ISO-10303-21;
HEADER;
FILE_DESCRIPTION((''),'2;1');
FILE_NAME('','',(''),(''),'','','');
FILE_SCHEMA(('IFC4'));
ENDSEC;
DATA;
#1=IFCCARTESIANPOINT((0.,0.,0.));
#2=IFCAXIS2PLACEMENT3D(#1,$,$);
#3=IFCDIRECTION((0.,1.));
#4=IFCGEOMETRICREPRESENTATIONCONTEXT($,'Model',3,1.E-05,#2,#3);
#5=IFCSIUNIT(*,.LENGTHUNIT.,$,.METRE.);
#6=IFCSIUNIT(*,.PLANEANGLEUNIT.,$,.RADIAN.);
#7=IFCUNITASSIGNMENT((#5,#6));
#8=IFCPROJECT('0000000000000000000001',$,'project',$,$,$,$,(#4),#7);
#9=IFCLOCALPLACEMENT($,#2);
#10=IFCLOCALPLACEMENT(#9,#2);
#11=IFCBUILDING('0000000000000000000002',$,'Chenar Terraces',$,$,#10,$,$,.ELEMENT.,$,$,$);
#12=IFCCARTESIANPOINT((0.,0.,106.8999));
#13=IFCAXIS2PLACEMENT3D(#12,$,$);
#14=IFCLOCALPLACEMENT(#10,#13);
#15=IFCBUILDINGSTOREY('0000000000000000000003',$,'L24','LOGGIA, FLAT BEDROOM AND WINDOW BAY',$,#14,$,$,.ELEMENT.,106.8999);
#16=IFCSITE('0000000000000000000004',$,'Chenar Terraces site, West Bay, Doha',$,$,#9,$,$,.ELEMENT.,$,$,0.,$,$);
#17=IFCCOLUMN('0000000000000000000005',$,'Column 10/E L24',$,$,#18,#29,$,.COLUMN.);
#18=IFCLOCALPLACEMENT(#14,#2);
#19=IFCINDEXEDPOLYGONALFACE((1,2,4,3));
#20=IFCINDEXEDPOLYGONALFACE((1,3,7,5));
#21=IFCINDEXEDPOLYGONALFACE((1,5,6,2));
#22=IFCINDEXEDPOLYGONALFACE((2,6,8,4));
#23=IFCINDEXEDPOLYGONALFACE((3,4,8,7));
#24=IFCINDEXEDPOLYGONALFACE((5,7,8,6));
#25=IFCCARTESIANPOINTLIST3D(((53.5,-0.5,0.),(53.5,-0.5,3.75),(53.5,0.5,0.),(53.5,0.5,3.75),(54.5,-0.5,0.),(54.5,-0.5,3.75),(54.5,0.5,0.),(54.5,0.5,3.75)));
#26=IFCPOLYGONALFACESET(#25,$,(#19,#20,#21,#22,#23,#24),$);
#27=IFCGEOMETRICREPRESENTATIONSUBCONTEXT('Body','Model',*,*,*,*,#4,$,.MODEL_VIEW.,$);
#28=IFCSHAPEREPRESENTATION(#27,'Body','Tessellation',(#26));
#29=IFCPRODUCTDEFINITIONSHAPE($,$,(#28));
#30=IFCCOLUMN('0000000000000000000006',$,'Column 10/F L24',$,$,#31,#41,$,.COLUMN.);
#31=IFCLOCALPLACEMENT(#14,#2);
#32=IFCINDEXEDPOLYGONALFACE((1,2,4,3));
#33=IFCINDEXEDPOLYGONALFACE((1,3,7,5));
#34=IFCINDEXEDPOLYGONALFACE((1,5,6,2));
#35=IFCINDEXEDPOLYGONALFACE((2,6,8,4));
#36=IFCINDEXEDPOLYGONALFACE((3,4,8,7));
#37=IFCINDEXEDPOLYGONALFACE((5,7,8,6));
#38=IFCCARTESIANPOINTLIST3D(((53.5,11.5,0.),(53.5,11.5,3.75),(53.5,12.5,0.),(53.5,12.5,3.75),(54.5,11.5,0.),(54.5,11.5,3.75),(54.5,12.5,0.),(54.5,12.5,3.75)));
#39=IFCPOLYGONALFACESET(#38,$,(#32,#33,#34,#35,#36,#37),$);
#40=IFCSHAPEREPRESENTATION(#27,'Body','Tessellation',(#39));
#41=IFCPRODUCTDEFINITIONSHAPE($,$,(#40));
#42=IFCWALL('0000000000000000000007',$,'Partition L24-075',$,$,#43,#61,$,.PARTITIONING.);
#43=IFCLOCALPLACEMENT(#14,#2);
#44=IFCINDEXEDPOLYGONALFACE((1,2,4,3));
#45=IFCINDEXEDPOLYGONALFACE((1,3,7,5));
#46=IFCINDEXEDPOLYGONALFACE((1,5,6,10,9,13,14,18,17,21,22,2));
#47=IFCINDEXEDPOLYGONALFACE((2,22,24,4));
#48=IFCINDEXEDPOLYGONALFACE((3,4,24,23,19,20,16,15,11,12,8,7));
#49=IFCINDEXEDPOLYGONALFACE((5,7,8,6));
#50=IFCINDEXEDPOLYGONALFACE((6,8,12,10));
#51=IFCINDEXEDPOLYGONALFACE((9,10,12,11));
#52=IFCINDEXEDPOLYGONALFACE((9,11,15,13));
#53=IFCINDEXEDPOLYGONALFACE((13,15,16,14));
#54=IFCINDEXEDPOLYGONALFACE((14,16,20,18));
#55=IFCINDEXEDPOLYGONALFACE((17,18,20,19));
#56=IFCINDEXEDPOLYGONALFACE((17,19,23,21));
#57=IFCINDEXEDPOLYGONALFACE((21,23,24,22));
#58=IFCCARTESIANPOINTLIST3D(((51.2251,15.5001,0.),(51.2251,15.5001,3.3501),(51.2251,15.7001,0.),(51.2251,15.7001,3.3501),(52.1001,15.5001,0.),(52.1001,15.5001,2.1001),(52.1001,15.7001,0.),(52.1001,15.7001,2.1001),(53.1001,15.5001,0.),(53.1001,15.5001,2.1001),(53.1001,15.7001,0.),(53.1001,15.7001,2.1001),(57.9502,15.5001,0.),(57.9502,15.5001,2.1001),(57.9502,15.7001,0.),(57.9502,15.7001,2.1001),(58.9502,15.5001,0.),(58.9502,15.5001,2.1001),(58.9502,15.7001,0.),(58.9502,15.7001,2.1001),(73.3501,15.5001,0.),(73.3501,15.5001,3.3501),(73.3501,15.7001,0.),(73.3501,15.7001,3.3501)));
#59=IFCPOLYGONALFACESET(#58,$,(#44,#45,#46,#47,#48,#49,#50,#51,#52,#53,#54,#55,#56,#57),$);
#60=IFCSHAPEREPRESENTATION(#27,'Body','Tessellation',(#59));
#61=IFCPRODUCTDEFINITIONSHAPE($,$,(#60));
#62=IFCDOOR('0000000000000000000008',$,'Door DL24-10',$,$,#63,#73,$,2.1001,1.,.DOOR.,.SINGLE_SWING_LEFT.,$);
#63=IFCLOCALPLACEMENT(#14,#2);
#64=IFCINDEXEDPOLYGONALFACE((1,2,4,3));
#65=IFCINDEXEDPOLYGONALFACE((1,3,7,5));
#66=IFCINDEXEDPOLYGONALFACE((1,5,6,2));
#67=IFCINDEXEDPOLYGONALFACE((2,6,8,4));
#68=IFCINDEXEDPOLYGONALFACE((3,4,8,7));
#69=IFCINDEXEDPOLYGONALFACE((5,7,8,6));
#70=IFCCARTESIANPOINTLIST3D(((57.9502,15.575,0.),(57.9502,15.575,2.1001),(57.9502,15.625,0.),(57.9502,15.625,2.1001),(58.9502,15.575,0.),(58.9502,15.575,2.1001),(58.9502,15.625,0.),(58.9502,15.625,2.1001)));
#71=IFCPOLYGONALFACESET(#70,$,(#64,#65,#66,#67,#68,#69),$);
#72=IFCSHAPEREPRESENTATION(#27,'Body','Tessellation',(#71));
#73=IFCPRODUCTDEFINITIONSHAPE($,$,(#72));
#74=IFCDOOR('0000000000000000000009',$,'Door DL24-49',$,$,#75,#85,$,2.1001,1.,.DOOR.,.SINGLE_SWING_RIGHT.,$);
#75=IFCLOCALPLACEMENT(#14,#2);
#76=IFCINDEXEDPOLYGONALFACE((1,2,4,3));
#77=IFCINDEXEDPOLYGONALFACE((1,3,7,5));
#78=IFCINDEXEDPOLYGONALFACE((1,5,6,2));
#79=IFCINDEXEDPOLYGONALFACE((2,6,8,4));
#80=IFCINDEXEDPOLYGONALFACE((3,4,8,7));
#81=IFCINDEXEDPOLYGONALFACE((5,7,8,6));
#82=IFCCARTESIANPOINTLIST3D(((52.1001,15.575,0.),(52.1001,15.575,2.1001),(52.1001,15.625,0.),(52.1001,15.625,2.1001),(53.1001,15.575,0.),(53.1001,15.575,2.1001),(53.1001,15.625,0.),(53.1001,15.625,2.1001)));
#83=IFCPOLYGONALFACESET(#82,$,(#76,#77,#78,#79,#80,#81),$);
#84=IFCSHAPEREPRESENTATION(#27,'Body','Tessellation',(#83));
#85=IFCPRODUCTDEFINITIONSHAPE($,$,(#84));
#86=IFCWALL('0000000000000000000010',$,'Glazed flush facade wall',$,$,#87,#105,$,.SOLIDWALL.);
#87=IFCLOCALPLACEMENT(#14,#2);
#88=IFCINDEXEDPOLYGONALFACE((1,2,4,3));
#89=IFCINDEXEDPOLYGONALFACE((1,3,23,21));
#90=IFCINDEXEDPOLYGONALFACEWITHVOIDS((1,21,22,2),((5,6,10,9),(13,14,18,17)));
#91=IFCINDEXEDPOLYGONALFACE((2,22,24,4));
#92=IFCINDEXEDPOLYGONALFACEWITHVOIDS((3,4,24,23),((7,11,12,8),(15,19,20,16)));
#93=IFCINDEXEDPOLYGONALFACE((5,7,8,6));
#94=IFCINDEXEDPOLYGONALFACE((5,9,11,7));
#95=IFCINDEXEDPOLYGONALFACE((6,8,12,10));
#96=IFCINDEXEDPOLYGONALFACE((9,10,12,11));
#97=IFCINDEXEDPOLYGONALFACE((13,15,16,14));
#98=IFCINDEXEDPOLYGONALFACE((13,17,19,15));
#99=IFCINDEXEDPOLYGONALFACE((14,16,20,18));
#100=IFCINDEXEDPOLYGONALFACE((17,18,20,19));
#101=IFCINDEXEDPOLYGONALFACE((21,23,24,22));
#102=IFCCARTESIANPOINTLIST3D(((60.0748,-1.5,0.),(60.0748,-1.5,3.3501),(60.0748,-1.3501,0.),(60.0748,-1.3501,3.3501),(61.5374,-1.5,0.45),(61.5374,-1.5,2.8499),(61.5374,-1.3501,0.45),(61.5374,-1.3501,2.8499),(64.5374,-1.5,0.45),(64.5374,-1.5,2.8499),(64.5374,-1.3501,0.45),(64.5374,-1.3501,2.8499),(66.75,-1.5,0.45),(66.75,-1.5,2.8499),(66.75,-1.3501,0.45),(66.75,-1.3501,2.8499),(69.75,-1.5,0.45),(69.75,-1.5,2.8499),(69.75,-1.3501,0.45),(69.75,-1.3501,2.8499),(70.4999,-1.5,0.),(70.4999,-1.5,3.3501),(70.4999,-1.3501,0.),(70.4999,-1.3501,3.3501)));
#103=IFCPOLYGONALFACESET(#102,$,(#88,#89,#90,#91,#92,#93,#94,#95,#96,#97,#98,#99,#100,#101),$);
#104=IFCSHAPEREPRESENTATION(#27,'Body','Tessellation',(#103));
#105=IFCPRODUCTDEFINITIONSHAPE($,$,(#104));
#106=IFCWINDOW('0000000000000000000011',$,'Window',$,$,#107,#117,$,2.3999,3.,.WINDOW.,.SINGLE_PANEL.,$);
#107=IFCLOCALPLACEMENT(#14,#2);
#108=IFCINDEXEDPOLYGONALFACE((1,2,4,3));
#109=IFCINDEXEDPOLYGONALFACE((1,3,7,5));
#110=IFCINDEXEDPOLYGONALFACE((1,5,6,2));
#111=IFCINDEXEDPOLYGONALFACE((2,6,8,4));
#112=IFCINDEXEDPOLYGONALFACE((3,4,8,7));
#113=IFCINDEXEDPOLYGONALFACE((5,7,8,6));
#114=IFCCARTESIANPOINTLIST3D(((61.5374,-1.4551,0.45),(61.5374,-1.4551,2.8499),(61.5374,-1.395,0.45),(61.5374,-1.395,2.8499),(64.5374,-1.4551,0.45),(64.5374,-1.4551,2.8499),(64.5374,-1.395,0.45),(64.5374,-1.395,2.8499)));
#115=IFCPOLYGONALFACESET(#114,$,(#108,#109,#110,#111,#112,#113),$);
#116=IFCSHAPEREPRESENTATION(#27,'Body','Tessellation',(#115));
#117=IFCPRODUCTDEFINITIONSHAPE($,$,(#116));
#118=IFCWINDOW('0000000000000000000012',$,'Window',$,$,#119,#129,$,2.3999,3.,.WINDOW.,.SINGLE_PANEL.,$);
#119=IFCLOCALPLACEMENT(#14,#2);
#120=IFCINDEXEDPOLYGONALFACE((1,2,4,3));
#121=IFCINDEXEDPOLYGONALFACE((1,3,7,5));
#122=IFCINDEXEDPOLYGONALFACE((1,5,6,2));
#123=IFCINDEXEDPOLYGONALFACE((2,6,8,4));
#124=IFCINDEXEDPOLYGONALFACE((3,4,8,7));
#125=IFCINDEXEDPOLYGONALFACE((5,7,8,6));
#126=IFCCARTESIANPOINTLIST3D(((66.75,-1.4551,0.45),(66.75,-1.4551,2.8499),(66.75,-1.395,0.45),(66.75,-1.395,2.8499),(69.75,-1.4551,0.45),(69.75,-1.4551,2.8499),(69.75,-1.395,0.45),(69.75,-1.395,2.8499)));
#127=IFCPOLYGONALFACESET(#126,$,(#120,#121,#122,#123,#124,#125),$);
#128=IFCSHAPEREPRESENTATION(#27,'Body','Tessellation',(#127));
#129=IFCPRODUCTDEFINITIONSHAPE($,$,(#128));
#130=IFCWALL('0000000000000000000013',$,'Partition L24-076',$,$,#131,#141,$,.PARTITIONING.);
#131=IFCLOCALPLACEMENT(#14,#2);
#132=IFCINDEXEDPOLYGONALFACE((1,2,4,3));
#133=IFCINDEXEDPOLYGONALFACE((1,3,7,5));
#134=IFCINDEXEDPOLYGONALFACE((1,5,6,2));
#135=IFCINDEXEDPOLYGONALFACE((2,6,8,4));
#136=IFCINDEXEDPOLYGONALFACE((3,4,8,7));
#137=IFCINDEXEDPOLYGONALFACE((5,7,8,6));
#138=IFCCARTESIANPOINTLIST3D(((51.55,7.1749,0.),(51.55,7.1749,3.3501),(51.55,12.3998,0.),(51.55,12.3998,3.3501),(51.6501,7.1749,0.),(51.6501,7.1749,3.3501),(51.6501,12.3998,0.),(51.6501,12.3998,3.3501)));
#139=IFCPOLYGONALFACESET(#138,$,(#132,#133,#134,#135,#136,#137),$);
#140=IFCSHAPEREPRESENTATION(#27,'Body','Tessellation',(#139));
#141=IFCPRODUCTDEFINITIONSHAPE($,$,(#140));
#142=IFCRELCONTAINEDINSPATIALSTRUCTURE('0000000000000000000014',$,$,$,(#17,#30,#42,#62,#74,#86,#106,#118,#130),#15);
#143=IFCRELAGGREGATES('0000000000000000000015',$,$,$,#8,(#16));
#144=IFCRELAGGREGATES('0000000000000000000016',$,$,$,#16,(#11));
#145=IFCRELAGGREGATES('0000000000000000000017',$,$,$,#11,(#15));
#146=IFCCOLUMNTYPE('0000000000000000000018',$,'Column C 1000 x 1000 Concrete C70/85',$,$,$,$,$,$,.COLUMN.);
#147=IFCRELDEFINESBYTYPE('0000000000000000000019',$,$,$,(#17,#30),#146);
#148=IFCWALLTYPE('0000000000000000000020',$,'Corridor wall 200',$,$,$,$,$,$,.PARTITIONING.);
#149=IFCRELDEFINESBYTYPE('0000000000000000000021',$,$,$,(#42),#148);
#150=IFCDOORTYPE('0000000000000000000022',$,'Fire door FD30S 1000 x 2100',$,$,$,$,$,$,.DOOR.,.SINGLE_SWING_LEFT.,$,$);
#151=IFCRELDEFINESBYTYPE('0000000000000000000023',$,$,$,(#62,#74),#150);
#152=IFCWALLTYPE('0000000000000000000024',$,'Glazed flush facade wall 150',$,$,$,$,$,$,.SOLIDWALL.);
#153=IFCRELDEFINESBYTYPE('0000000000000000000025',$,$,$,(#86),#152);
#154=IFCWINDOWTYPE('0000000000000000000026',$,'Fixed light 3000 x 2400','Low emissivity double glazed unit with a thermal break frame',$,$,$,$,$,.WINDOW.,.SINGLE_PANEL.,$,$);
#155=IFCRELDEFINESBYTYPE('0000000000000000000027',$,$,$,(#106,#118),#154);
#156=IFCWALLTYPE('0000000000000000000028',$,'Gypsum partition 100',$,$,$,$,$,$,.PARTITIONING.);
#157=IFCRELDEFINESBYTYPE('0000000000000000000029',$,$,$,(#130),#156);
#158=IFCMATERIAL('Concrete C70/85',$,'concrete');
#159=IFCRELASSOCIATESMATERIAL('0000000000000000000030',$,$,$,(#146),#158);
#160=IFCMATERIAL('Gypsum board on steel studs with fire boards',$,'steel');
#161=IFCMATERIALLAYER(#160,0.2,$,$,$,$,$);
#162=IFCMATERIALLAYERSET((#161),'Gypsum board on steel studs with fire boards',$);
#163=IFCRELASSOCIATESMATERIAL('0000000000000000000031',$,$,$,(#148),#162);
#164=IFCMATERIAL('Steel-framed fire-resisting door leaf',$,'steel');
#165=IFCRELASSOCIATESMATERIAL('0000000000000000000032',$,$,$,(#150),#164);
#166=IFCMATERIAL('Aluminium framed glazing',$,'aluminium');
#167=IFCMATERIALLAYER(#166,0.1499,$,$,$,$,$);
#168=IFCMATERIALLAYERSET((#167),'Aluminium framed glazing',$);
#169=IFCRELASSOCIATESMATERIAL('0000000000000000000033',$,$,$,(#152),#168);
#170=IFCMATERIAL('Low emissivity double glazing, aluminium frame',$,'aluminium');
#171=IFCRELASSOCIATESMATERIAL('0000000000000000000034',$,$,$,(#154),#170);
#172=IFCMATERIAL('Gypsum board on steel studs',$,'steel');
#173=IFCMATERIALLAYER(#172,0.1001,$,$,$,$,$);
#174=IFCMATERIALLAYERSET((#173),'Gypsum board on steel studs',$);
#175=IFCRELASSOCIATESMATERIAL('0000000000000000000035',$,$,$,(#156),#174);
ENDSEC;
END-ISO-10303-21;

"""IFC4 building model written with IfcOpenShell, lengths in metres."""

from ifc_helpers import new_model, si_unit, direction, frame, frame_2d, origin, origin_2d, place, context, subcontext, project, spatial, rectangle, extrude, material, layer, layer_set, material_profile, profile_set, type_object, element, fill, save


model = new_model("IFC4")

# Units and contexts
model_context = context("Model", 3, precision=1e-05, world=origin(), true_north=direction((0.0, 1.0)))
body_context = subcontext(model_context, "Body", "Model", "MODEL_VIEW")
ifc_project = project(units=[si_unit("LENGTHUNIT", "METRE"), si_unit("PLANEANGLEUNIT", "RADIAN")], contexts=[model_context])

# Site, building, storey
site_placement = place(None, origin())
site = spatial("IfcSite", under=ifc_project, at=site_placement, Name="Chenar Terraces site, West Bay, Doha", CompositionType="ELEMENT", RefElevation=0.0)
building_placement = place(site_placement, origin())
building = spatial("IfcBuilding", under=site, at=building_placement, Name="Chenar Terraces", CompositionType="ELEMENT")
storey_placement = place(building_placement, frame((0.0, 0.0, 106.8999)))
storey = spatial("IfcBuildingStorey", under=building, at=storey_placement, Name="L24", Description="LOGGIA, FLAT BEDROOM AND WINDOW BAY", CompositionType="ELEMENT", Elevation=106.8999)

# Columns
ifc_material_1 = material(Name="Concrete C70/85", Category="concrete")
ifc_material_profile_1 = material_profile(ifc_material_1, rectangle(XDim=1.0, YDim=1.0, at=origin_2d()), Name="C 1000 x 1000")
ifc_profile_set_1 = profile_set([ifc_material_profile_1], Name="Concrete C70/85")
column_type = type_object("IfcColumnType", Name="Column C 1000 x 1000 Concrete C70/85", PredefinedType="COLUMN", material=ifc_profile_set_1)
for number, where, z_axis, x_axis, name in (
    (1, (54.0, 0.0, 0.0), (0.0, 0.0, 1.0), (1.0, 0.0, 0.0), "Column 10/E L24"),
    (2, (54.0, 12.0, 0.0), (0.0, 0.0, 1.0), (1.0, 0.0, 0.0), "Column 10/F L24"),
):
    element("IfcColumn", number, at=place(storey_placement, frame(where, z_axis=z_axis, x_axis=x_axis)), inside=storey, type_object=column_type, Name=name, PredefinedType="COLUMN", context=body_context, shape_type="SweptSolid", body=[
        extrude(rectangle(XDim=1.0, YDim=1.0, at=origin_2d()), origin(), (0.0, 0.0, 1.0), 3.75),
    ])

# Wall, openings, doors
ifc_material_2 = material(Name="Gypsum board on steel studs with fire boards", Category="steel")
ifc_layer_1 = layer(ifc_material_2, 0.2)
ifc_layer_set_1 = layer_set([ifc_layer_1], Name="Gypsum board on steel studs with fire boards")
wall_type_1 = type_object("IfcWallType", Name="Corridor wall 200", PredefinedType="PARTITIONING", material=ifc_layer_set_1)
wall_1_placement = place(storey_placement, frame((51.2251, 15.6001, 0.0), z_axis=(0.0, 0.0, 1.0), x_axis=(1.0, 0.0, 0.0)))
wall_1 = element("IfcWall", 3, at=wall_1_placement, inside=storey, type_object=wall_type_1, Name="Partition L24-075", PredefinedType="PARTITIONING", context=body_context, shape_type="SweptSolid", body=[
    extrude(rectangle(XDim=22.125, YDim=0.2, at=frame_2d((11.0625, 0.0))), origin(), (0.0, 0.0, 1.0), 3.3501),
])
opening_1_placement = place(wall_1_placement, frame((6.7251, 0.0, 0.0)))
opening_1 = element("IfcOpeningElement", 4, at=opening_1_placement, cuts=wall_1, PredefinedType="OPENING", context=body_context, shape_type="SweptSolid", body=[
    extrude(rectangle(XDim=1.0, YDim=2.1001, at=frame_2d((0.5, 1.05))), frame((0.0, 0.1099, 0.0), z_axis=(0.0, -1.0, 0.0), x_axis=(1.0, 0.0, 0.0)), (0.0, 0.0, 1.0), 0.22),
])
opening_2_placement = place(wall_1_placement, frame((0.875, 0.0, 0.0)))
opening_2 = element("IfcOpeningElement", 5, at=opening_2_placement, cuts=wall_1, PredefinedType="OPENING", context=body_context, shape_type="SweptSolid", body=[
    extrude(rectangle(XDim=1.0, YDim=2.1001, at=frame_2d((0.5, 1.05))), frame((0.0, 0.1099, 0.0), z_axis=(0.0, -1.0, 0.0), x_axis=(1.0, 0.0, 0.0)), (0.0, 0.0, 1.0), 0.22),
])
ifc_material_3 = material(Name="Steel-framed fire-resisting door leaf", Category="steel")
door_type_1 = type_object("IfcDoorType", Name="Fire door FD30S 1000 x 2100", OperationType="SINGLE_SWING_LEFT", PredefinedType="DOOR", material=ifc_material_3)
door_1_placement = place(opening_1_placement, origin())
door_1 = element("IfcDoor", 6, at=door_1_placement, inside=storey, type_object=door_type_1, Name="Door DL24-10", OperationType="SINGLE_SWING_LEFT", OverallHeight=2.1001, OverallWidth=1.0, PredefinedType="DOOR", context=body_context, shape_type="SweptSolid", body=[
    extrude(rectangle(XDim=1.0, YDim=2.1001, at=frame_2d((0.5, 1.05))), frame((0.0, 0.0249, 0.0), z_axis=(0.0, -1.0, 0.0), x_axis=(1.0, 0.0, 0.0)), (0.0, 0.0, 1.0), 0.05),
])
fill(opening_1, door_1)
door_2_placement = place(opening_2_placement, origin())
door_2 = element("IfcDoor", 7, at=door_2_placement, inside=storey, type_object=door_type_1, Name="Door DL24-49", OperationType="SINGLE_SWING_RIGHT", OverallHeight=2.1001, OverallWidth=1.0, PredefinedType="DOOR", context=body_context, shape_type="SweptSolid", body=[
    extrude(rectangle(XDim=1.0, YDim=2.1001, at=frame_2d((0.5, 1.05))), frame((0.0, 0.0249, 0.0), z_axis=(0.0, -1.0, 0.0), x_axis=(1.0, 0.0, 0.0)), (0.0, 0.0, 1.0), 0.05),
])
fill(opening_2, door_2)

# Wall, openings, windows
ifc_material_4 = material(Name="Aluminium framed glazing", Category="aluminium")
ifc_layer_2 = layer(ifc_material_4, 0.1499)
ifc_layer_set_2 = layer_set([ifc_layer_2], Name="Aluminium framed glazing")
wall_type_2 = type_object("IfcWallType", Name="Glazed flush facade wall 150", PredefinedType="SOLIDWALL", material=ifc_layer_set_2)
wall_2_placement = place(storey_placement, frame((60.075, -1.425, 0.0), z_axis=(0.0, 0.0, 1.0), x_axis=(1.0, 0.0, 0.0)))
wall_2 = element("IfcWall", 8, at=wall_2_placement, inside=storey, type_object=wall_type_2, Name="Glazed flush facade wall", PredefinedType="SOLIDWALL", context=body_context, shape_type="SweptSolid", body=[
    extrude(rectangle(XDim=10.425, YDim=0.1499, at=frame_2d((5.2124, 0.0))), origin(), (0.0, 0.0, 1.0), 3.3501),
])
opening_3_placement = place(wall_2_placement, frame((1.4624, 0.0, 0.45)))
opening_3 = element("IfcOpeningElement", 9, at=opening_3_placement, cuts=wall_2, PredefinedType="OPENING", context=body_context, shape_type="SweptSolid", body=[
    extrude(rectangle(XDim=3.0, YDim=2.3999, at=frame_2d((1.5, 1.2))), frame((0.0, 0.085, 0.0), z_axis=(0.0, -1.0, 0.0), x_axis=(1.0, 0.0, 0.0)), (0.0, 0.0, 1.0), 0.1699),
])
opening_4_placement = place(wall_2_placement, frame((6.675, 0.0, 0.45)))
opening_4 = element("IfcOpeningElement", 10, at=opening_4_placement, cuts=wall_2, PredefinedType="OPENING", context=body_context, shape_type="SweptSolid", body=[
    extrude(rectangle(XDim=3.0, YDim=2.3999, at=frame_2d((1.5, 1.2))), frame((0.0, 0.085, 0.0), z_axis=(0.0, -1.0, 0.0), x_axis=(1.0, 0.0, 0.0)), (0.0, 0.0, 1.0), 0.1699),
])
ifc_material_5 = material(Name="Low emissivity double glazing, aluminium frame", Category="aluminium")
window_type = type_object("IfcWindowType", Name="Fixed light 3000 x 2400", Description="Low emissivity double glazed unit with a thermal break frame", PartitioningType="SINGLE_PANEL", PredefinedType="WINDOW", material=ifc_material_5)
window_1_placement = place(opening_3_placement, origin())
window_1 = element("IfcWindow", 11, at=window_1_placement, inside=storey, type_object=window_type, Name="Window", OverallHeight=2.3999, OverallWidth=3.0, PartitioningType="SINGLE_PANEL", PredefinedType="WINDOW", context=body_context, shape_type="SweptSolid", body=[
    extrude(rectangle(XDim=3.0, YDim=2.3999, at=frame_2d((1.5, 1.2))), frame((0.0, 0.03, 0.0), z_axis=(0.0, -1.0, 0.0), x_axis=(1.0, 0.0, 0.0)), (0.0, 0.0, 1.0), 0.0601),
])
fill(opening_3, window_1)
window_2_placement = place(opening_4_placement, origin())
window_2 = element("IfcWindow", 12, at=window_2_placement, inside=storey, type_object=window_type, Name="Window", OverallHeight=2.3999, OverallWidth=3.0, PartitioningType="SINGLE_PANEL", PredefinedType="WINDOW", context=body_context, shape_type="SweptSolid", body=[
    extrude(rectangle(XDim=3.0, YDim=2.3999, at=frame_2d((1.5, 1.2))), frame((0.0, 0.03, 0.0), z_axis=(0.0, -1.0, 0.0), x_axis=(1.0, 0.0, 0.0)), (0.0, 0.0, 1.0), 0.0601),
])
fill(opening_4, window_2)

# Wall
ifc_material_6 = material(Name="Gypsum board on steel studs", Category="steel")
ifc_layer_3 = layer(ifc_material_6, 0.1001)
ifc_layer_set_3 = layer_set([ifc_layer_3], Name="Gypsum board on steel studs")
wall_type_3 = type_object("IfcWallType", Name="Gypsum partition 100", PredefinedType="PARTITIONING", material=ifc_layer_set_3)
wall_3_placement = place(storey_placement, frame((51.6001, 7.175, 0.0), z_axis=(0.0, 0.0, 1.0), x_axis=(0.0, 1.0, 0.0)))
element("IfcWall", 13, at=wall_3_placement, inside=storey, type_object=wall_type_3, Name="Partition L24-076", PredefinedType="PARTITIONING", context=body_context, shape_type="SweptSolid", body=[
    extrude(rectangle(XDim=5.2249, YDim=0.1001, at=frame_2d((2.6123, 0.0))), origin(), (0.0, 0.0, 1.0), 3.3501),
])

save(model, "model.ifc")
